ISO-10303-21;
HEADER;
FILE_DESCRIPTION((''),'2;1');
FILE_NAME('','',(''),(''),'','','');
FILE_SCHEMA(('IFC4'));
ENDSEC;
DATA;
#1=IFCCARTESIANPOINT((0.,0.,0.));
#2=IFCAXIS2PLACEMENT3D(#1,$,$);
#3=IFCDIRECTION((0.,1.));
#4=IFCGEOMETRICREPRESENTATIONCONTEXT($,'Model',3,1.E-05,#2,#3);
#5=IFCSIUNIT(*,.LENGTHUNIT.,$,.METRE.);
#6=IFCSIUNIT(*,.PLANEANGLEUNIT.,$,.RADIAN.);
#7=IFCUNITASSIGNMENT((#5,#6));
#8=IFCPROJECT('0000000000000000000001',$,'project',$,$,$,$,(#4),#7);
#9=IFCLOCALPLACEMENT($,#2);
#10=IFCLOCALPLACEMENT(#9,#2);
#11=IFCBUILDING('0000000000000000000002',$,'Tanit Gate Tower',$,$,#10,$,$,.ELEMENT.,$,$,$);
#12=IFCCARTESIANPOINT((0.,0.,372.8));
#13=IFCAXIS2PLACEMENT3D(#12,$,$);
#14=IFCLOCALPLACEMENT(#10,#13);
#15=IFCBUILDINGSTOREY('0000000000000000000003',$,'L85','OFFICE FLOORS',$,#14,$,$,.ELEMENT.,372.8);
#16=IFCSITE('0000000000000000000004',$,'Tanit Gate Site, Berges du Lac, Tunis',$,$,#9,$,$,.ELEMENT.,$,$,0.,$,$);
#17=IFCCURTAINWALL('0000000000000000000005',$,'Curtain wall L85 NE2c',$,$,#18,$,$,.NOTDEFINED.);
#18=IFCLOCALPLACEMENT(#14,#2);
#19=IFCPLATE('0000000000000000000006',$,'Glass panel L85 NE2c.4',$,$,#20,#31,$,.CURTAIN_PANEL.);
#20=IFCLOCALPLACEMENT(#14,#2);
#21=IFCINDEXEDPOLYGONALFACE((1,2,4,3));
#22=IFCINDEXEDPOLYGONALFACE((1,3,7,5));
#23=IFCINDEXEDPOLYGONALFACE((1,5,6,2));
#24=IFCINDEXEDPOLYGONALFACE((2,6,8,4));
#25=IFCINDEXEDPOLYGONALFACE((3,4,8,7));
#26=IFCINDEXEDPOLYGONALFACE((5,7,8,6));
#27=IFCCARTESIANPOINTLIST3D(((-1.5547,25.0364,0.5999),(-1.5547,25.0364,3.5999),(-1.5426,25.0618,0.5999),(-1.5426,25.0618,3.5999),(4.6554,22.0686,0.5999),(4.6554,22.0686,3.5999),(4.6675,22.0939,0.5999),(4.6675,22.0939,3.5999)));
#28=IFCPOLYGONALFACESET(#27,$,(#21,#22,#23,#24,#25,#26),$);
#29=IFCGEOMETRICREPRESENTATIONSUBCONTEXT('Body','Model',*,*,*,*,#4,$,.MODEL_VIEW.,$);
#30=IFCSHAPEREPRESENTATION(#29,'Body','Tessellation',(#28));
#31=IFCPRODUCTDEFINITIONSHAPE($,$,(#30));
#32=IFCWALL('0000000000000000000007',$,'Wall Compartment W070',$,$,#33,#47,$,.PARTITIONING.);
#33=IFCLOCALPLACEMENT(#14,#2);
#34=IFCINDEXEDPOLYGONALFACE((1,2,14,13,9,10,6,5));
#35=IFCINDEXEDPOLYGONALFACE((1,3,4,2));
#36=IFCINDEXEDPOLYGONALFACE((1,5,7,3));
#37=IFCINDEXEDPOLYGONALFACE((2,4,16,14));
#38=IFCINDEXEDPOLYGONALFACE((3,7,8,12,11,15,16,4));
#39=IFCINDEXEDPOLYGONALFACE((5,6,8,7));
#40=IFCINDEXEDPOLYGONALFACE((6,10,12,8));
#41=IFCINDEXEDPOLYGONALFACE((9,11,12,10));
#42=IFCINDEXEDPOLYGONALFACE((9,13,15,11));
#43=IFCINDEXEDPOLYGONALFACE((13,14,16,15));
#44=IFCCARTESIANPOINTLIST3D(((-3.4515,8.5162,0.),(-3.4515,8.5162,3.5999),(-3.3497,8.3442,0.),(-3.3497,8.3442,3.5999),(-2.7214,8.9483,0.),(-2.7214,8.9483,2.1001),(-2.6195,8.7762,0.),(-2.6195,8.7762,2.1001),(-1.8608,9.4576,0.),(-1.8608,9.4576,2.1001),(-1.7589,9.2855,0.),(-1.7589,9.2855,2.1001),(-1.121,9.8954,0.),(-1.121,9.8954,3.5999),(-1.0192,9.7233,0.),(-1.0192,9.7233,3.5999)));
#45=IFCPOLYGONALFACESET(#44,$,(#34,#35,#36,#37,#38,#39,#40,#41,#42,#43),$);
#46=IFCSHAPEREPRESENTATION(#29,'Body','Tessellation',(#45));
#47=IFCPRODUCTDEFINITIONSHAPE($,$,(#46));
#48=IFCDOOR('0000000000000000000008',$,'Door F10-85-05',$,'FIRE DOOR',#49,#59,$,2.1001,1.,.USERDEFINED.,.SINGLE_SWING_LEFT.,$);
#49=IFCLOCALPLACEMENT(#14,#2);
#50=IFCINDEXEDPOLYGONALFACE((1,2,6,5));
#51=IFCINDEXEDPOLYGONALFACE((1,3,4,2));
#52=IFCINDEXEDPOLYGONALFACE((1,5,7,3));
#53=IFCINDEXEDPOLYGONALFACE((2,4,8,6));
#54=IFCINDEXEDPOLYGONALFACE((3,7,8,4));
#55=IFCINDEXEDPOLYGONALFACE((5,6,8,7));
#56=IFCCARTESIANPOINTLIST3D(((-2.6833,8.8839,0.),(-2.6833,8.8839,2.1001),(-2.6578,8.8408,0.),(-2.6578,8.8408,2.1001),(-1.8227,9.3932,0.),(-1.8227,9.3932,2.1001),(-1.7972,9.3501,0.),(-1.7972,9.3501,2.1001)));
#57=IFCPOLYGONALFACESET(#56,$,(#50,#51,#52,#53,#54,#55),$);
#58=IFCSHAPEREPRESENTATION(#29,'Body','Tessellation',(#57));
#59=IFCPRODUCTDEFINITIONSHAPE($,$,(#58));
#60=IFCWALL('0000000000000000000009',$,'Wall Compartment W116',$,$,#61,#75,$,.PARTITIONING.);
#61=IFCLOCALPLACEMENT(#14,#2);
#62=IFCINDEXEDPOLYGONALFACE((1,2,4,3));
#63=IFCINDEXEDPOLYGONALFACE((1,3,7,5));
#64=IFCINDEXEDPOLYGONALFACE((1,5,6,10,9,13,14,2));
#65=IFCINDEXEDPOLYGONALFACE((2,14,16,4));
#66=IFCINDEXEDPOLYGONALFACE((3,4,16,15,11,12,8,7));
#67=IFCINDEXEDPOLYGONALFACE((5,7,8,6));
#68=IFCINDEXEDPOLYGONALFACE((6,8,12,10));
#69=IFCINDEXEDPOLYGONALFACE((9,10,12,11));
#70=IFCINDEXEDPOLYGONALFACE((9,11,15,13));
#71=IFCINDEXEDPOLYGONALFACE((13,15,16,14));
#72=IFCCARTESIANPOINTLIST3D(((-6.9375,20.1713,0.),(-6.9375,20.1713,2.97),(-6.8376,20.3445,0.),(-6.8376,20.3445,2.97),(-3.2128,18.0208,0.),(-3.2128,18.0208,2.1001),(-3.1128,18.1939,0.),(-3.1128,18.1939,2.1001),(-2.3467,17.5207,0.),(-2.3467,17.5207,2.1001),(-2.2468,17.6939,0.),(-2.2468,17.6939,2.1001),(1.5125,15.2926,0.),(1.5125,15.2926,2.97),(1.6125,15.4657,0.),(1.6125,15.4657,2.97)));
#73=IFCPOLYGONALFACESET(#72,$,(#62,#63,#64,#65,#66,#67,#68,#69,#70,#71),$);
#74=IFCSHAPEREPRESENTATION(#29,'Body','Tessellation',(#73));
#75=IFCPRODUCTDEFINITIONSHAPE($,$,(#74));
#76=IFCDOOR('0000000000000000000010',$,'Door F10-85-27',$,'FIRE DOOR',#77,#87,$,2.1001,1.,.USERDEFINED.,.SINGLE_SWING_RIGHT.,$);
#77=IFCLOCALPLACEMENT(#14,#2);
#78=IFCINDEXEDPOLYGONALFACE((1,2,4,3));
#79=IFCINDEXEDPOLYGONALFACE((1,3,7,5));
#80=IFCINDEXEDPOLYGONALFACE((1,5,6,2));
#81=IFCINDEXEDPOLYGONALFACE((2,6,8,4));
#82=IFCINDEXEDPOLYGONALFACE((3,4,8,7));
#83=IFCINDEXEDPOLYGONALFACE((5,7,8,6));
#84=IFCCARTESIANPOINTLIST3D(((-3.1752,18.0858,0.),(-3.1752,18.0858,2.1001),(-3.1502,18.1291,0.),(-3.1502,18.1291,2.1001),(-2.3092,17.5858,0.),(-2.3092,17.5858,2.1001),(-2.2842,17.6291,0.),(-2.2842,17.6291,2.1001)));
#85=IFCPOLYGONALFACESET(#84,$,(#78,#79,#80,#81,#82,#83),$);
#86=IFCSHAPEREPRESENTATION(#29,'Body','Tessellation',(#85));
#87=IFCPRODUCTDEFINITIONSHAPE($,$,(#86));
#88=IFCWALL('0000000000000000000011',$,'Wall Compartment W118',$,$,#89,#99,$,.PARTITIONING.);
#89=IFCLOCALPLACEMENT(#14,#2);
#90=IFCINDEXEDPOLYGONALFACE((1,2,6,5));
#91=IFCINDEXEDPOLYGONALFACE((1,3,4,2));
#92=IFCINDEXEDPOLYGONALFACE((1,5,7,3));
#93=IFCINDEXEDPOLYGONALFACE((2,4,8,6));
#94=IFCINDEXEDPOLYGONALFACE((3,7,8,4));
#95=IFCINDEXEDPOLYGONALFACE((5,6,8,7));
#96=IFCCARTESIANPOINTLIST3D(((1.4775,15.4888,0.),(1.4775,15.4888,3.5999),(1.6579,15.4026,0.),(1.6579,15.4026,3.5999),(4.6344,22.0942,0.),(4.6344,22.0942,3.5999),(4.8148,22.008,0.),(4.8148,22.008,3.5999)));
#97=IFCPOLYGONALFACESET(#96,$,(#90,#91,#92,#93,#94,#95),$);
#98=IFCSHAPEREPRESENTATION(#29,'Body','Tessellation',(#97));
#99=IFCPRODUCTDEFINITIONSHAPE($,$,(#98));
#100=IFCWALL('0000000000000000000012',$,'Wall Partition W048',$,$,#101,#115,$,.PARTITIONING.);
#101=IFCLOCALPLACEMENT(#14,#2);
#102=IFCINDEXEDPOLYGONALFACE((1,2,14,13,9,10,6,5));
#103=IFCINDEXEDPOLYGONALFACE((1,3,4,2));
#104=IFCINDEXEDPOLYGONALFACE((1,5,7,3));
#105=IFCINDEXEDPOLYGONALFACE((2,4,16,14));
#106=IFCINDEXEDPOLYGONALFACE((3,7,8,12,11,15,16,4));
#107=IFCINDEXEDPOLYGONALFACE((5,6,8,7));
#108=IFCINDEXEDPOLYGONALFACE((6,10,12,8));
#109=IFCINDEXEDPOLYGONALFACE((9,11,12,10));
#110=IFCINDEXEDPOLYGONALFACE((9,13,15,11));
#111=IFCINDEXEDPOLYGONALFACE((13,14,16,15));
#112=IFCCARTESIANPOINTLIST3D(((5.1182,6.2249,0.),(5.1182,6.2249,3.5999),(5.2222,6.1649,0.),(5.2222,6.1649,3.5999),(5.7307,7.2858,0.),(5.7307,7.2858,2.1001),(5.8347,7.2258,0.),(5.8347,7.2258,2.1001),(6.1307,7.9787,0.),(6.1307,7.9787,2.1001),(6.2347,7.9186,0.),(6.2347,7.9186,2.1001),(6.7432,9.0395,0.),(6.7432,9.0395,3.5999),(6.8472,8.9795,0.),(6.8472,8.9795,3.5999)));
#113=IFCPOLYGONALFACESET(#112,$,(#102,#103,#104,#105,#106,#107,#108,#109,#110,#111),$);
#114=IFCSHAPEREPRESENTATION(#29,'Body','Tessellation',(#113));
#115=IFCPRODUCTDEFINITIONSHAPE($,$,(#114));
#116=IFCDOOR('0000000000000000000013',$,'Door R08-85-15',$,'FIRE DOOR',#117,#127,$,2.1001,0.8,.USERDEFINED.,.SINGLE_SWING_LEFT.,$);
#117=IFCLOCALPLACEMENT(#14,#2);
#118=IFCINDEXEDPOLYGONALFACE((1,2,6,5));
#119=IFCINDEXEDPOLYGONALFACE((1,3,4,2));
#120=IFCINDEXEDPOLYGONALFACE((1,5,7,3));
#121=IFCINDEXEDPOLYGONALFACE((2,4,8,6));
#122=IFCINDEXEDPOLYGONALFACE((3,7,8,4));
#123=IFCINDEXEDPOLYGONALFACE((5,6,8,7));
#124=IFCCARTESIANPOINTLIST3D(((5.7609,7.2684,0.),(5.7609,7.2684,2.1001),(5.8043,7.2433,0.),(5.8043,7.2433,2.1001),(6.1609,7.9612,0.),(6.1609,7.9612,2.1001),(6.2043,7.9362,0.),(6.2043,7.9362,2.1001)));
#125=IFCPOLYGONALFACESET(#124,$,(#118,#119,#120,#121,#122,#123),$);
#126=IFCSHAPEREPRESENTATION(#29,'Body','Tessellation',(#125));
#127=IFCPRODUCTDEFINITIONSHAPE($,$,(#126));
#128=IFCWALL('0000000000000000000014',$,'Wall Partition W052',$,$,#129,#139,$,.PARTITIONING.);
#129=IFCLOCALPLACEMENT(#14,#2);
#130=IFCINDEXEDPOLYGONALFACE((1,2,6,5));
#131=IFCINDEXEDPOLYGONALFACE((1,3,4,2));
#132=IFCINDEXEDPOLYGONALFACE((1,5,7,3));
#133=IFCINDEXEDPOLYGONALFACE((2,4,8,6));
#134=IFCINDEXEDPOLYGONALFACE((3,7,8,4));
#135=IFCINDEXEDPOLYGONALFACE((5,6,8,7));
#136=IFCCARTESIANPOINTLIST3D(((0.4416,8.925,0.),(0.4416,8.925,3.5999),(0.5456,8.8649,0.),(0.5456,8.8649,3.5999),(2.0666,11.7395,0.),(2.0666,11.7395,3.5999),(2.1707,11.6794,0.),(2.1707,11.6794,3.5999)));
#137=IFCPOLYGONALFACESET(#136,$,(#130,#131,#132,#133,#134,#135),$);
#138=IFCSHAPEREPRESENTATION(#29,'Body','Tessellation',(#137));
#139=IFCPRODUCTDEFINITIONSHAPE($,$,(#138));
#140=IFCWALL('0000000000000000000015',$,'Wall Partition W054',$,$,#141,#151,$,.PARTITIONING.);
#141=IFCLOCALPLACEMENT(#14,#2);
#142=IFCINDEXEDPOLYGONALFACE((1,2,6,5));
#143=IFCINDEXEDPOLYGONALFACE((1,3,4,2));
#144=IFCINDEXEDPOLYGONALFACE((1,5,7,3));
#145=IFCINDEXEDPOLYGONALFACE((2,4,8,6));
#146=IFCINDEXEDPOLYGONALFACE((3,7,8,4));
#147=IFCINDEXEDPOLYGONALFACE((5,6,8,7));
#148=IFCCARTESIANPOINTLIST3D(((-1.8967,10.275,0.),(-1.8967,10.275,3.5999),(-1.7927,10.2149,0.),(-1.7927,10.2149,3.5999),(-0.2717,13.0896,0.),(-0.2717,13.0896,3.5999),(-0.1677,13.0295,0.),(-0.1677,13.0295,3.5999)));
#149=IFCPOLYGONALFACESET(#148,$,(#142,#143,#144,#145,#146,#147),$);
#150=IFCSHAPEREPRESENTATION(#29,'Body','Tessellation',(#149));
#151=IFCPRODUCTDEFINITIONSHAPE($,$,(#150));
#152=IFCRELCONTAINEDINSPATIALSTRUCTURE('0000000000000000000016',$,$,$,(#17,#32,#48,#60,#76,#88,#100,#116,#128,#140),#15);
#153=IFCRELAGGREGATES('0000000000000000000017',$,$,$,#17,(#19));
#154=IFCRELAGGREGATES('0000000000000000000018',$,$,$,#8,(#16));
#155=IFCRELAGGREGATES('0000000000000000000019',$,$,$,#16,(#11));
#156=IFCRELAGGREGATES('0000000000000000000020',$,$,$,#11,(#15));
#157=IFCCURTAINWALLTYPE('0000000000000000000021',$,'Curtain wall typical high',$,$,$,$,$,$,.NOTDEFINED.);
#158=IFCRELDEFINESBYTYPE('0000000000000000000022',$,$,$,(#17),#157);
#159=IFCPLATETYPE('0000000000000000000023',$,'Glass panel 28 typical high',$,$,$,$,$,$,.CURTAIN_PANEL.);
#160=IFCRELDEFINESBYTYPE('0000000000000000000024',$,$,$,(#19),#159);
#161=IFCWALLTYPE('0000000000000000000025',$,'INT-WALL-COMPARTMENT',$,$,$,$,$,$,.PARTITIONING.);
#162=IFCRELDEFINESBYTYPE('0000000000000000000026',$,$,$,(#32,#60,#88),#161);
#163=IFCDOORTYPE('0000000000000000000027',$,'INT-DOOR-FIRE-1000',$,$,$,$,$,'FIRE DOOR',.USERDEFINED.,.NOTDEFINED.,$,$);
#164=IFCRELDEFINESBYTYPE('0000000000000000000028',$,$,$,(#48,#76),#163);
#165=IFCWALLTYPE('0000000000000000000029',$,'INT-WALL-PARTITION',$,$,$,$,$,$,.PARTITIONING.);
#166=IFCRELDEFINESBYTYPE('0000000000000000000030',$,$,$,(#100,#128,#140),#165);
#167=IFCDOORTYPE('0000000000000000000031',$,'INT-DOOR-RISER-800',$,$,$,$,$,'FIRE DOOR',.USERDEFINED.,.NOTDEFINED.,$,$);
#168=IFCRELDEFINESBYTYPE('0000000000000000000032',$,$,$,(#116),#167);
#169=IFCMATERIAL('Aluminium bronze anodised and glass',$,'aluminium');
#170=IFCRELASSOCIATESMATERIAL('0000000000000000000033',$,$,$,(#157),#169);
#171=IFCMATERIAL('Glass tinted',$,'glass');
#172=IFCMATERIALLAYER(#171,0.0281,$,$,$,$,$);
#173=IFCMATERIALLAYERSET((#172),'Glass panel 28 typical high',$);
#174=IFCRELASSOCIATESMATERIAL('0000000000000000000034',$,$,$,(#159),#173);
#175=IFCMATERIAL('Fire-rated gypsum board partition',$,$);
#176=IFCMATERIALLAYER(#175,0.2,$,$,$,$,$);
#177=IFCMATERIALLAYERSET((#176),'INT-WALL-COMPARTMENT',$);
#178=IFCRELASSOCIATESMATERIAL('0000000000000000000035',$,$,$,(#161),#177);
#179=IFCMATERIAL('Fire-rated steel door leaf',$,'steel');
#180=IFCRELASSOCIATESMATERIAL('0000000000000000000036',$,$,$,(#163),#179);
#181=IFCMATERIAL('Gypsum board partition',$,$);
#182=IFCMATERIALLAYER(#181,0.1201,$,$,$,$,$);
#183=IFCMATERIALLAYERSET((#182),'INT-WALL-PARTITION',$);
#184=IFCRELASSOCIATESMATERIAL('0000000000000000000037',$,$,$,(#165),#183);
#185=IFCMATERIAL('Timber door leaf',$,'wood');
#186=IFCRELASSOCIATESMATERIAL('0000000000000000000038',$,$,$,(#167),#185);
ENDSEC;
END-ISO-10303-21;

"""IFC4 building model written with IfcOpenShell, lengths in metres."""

from ifc_helpers import new_model, si_unit, direction, frame, frame_2d, origin, origin_2d, place, context, subcontext, project, spatial, rectangle, extrude, material, layer, layer_set, type_object, element, fill, aggregate, save


model = new_model("IFC4")

# Units and contexts
model_context = context("Model", 3, precision=1e-05, world=origin(), true_north=direction((0.0, 1.0)))
body_context = subcontext(model_context, "Body", "Model", "MODEL_VIEW")
ifc_project = project(units=[si_unit("LENGTHUNIT", "METRE"), si_unit("PLANEANGLEUNIT", "RADIAN")], contexts=[model_context])

# Site, building, storey
site_placement = place(None, origin())
site = spatial("IfcSite", under=ifc_project, at=site_placement, Name="Tanit Gate Site, Berges du Lac, Tunis", CompositionType="ELEMENT", RefElevation=0.0)
building_placement = place(site_placement, origin())
building = spatial("IfcBuilding", under=site, at=building_placement, Name="Tanit Gate Tower", CompositionType="ELEMENT")
storey_placement = place(building_placement, frame((0.0, 0.0, 372.8)))
storey = spatial("IfcBuildingStorey", under=building, at=storey_placement, Name="L85", Description="OFFICE FLOORS", CompositionType="ELEMENT", Elevation=372.8)

# Curtain wall
ifc_material_1 = material(Name="Aluminium bronze anodised and glass", Category="aluminium")
curtain_wall_type = type_object("IfcCurtainWallType", Name="Curtain wall typical high", PredefinedType="NOTDEFINED", material=ifc_material_1)
curtain_wall_placement = place(storey_placement, origin())
curtain_wall = element("IfcCurtainWall", 1, at=curtain_wall_placement, inside=storey, type_object=curtain_wall_type, Name="Curtain wall L85 NE2c", PredefinedType="NOTDEFINED")

# Plate
ifc_material_2 = material(Name="Glass tinted", Category="glass")
ifc_layer_1 = layer(ifc_material_2, 0.0281)
ifc_layer_set_1 = layer_set([ifc_layer_1], Name="Glass panel 28 typical high")
plate_type = type_object("IfcPlateType", Name="Glass panel 28 typical high", PredefinedType="CURTAIN_PANEL", material=ifc_layer_set_1)
plate_1_placement = place(storey_placement, frame((1.5564, 23.5652, 0.5999), z_axis=(0.0, 0.0, 1.0), x_axis=(-0.902258, 0.431197, 0.0)))
plate_1 = element("IfcPlate", 2, at=plate_1_placement, type_object=plate_type, Name="Glass panel L85 NE2c.4", PredefinedType="CURTAIN_PANEL", context=body_context, shape_type="SweptSolid", body=[
    extrude(rectangle(XDim=6.8828, YDim=0.0281, at=origin_2d()), origin(), (0.0, 0.0, 1.0), 3.0),
])
aggregate(curtain_wall, [plate_1])

# Walls, openings, doors
ifc_material_3 = material(Name="Fire-rated gypsum board partition")
ifc_layer_2 = layer(ifc_material_3, 0.2)
ifc_layer_set_2 = layer_set([ifc_layer_2], Name="INT-WALL-COMPARTMENT")
wall_type_1 = type_object("IfcWallType", Name="INT-WALL-COMPARTMENT", PredefinedType="PARTITIONING", material=ifc_layer_set_2)
wall_1_placement = place(storey_placement, frame((-1.0701, 9.8093, 0.0), z_axis=(0.0, 0.0, 1.0), x_axis=(-0.860603, -0.509276, 0.0)))
wall_1 = element("IfcWall", 3, at=wall_1_placement, inside=storey, type_object=wall_type_1, Name="Wall Compartment W070", PredefinedType="PARTITIONING", context=body_context, shape_type="SweptSolid", body=[
    extrude(rectangle(XDim=2.708, YDim=0.2, at=frame_2d((1.354, 0.0))), origin(), (0.0, 0.0, 1.0), 3.5999),
])
opening_1_placement = place(wall_1_placement, frame((0.8596, 0.0, 0.0)))
opening_1 = element("IfcOpeningElement", 4, at=opening_1_placement, cuts=wall_1, PredefinedType="OPENING", context=body_context, shape_type="SweptSolid", body=[
    extrude(rectangle(XDim=1.0, YDim=2.1001, at=frame_2d((0.5, 1.05))), frame((0.0, 0.1099, 0.0), z_axis=(0.0, -1.0, 0.0), x_axis=(1.0, 0.0, 0.0)), (0.0, 0.0, 1.0), 0.22),
])
ifc_material_4 = material(Name="Fire-rated steel door leaf", Category="steel")
door_type_1 = type_object("IfcDoorType", Name="INT-DOOR-FIRE-1000", ElementType="FIRE DOOR", OperationType="NOTDEFINED", PredefinedType="USERDEFINED", material=ifc_material_4)
door_1_placement = place(opening_1_placement, origin())
door_1 = element("IfcDoor", 5, at=door_1_placement, inside=storey, type_object=door_type_1, Name="Door F10-85-05", ObjectType="FIRE DOOR", OperationType="SINGLE_SWING_LEFT", OverallHeight=2.1001, OverallWidth=1.0, PredefinedType="USERDEFINED", context=body_context, shape_type="SweptSolid", body=[
    extrude(rectangle(XDim=1.0, YDim=2.1001, at=frame_2d((0.5, 1.05))), frame((0.0, 0.0249, 0.0), z_axis=(0.0, -1.0, 0.0), x_axis=(1.0, 0.0, 0.0)), (0.0, 0.0, 1.0), 0.05),
])
fill(opening_1, door_1)
wall_2_placement = place(storey_placement, frame((1.5625, 15.3792, 0.0), z_axis=(0.0, 0.0, 1.0), x_axis=(-0.866022, 0.500006, 0.0)))
wall_2 = element("IfcWall", 6, at=wall_2_placement, inside=storey, type_object=wall_type_1, Name="Wall Compartment W116", PredefinedType="PARTITIONING", context=body_context, shape_type="SweptSolid", body=[
    extrude(rectangle(XDim=9.7573, YDim=0.2, at=frame_2d((4.8787, 0.0))), origin(), (0.0, 0.0, 1.0), 2.97),
])
opening_2_placement = place(wall_2_placement, frame((4.4563, 0.0, 0.0)))
opening_2 = element("IfcOpeningElement", 7, at=opening_2_placement, cuts=wall_2, PredefinedType="OPENING", context=body_context, shape_type="SweptSolid", body=[
    extrude(rectangle(XDim=1.0, YDim=2.1001, at=frame_2d((0.5, 1.05))), frame((0.0, 0.1099, 0.0), z_axis=(0.0, -1.0, 0.0), x_axis=(1.0, 0.0, 0.0)), (0.0, 0.0, 1.0), 0.22),
])
door_2_placement = place(opening_2_placement, origin())
door_2 = element("IfcDoor", 8, at=door_2_placement, inside=storey, type_object=door_type_1, Name="Door F10-85-27", ObjectType="FIRE DOOR", OperationType="SINGLE_SWING_RIGHT", OverallHeight=2.1001, OverallWidth=1.0, PredefinedType="USERDEFINED", context=body_context, shape_type="SweptSolid", body=[
    extrude(rectangle(XDim=1.0, YDim=2.1001, at=frame_2d((0.5, 1.05))), frame((0.0, 0.0249, 0.0), z_axis=(0.0, -1.0, 0.0), x_axis=(1.0, 0.0, 0.0)), (0.0, 0.0, 1.0), 0.05),
])
fill(opening_2, door_2)

# Wall
wall_3_placement = place(storey_placement, frame((1.5676, 15.4456, 0.0), z_axis=(0.0, 0.0, 1.0), x_axis=(0.431216, 0.902249, 0.0)))
element("IfcWall", 9, at=wall_3_placement, inside=storey, type_object=wall_type_1, Name="Wall Compartment W118", PredefinedType="PARTITIONING", context=body_context, shape_type="SweptSolid", body=[
    extrude(rectangle(XDim=7.321, YDim=0.2, at=frame_2d((3.6606, 0.0))), origin(), (0.0, 0.0, 1.0), 3.5999),
])

# Wall, opening, door
ifc_material_5 = material(Name="Gypsum board partition")
ifc_layer_3 = layer(ifc_material_5, 0.1201)
ifc_layer_set_3 = layer_set([ifc_layer_3], Name="INT-WALL-PARTITION")
wall_type_2 = type_object("IfcWallType", Name="INT-WALL-PARTITION", PredefinedType="PARTITIONING", material=ifc_layer_set_3)
wall_4_placement = place(storey_placement, frame((6.7952, 9.0095, 0.0), z_axis=(0.0, 0.0, 1.0), x_axis=(-0.499985, -0.866034, 0.0)))
wall_4 = element("IfcWall", 10, at=wall_4_placement, inside=storey, type_object=wall_type_2, Name="Wall Partition W048", PredefinedType="PARTITIONING", context=body_context, shape_type="SweptSolid", body=[
    extrude(rectangle(XDim=3.25, YDim=0.1201, at=frame_2d((1.625, 0.0))), origin(), (0.0, 0.0, 1.0), 3.5999),
])
opening_3_placement = place(wall_4_placement, frame((1.2251, 0.0, 0.0)))
opening_3 = element("IfcOpeningElement", 11, at=opening_3_placement, cuts=wall_4, PredefinedType="OPENING", context=body_context, shape_type="SweptSolid", body=[
    extrude(rectangle(XDim=0.8, YDim=2.1001, at=frame_2d((0.3999, 1.05))), frame((0.0, 0.0701, 0.0), z_axis=(0.0, -1.0, 0.0), x_axis=(1.0, 0.0, 0.0)), (0.0, 0.0, 1.0), 0.1401),
])
ifc_material_6 = material(Name="Timber door leaf", Category="wood")
door_type_2 = type_object("IfcDoorType", Name="INT-DOOR-RISER-800", ElementType="FIRE DOOR", OperationType="NOTDEFINED", PredefinedType="USERDEFINED", material=ifc_material_6)
door_3_placement = place(opening_3_placement, origin())
door_3 = element("IfcDoor", 12, at=door_3_placement, inside=storey, type_object=door_type_2, Name="Door R08-85-15", ObjectType="FIRE DOOR", OperationType="SINGLE_SWING_LEFT", OverallHeight=2.1001, OverallWidth=0.8, PredefinedType="USERDEFINED", context=body_context, shape_type="SweptSolid", body=[
    extrude(rectangle(XDim=0.8, YDim=2.1001, at=frame_2d((0.3999, 1.05))), frame((0.0, 0.0249, 0.0), z_axis=(0.0, -1.0, 0.0), x_axis=(1.0, 0.0, 0.0)), (0.0, 0.0, 1.0), 0.05),
])
fill(opening_3, door_3)

# Walls
for number, where, z_axis, x_axis, name in (
    (13, (2.1187, 11.7095, 0.0), (0.0, 0.0, 1.0), (-0.500017, -0.866015, 0.0), "Wall Partition W052"),
    (14, (-0.2197, 13.0596, 0.0), (0.0, 0.0, 1.0), (-0.499985, -0.866034, 0.0), "Wall Partition W054"),
):
    element("IfcWall", number, at=place(storey_placement, frame(where, z_axis=z_axis, x_axis=x_axis)), inside=storey, type_object=wall_type_2, Name=name, PredefinedType="PARTITIONING", context=body_context, shape_type="SweptSolid", body=[
        extrude(rectangle(XDim=3.25, YDim=0.1201, at=frame_2d((1.625, 0.0))), origin(), (0.0, 0.0, 1.0), 3.5999),
    ])

save(model, "model.ifc")
